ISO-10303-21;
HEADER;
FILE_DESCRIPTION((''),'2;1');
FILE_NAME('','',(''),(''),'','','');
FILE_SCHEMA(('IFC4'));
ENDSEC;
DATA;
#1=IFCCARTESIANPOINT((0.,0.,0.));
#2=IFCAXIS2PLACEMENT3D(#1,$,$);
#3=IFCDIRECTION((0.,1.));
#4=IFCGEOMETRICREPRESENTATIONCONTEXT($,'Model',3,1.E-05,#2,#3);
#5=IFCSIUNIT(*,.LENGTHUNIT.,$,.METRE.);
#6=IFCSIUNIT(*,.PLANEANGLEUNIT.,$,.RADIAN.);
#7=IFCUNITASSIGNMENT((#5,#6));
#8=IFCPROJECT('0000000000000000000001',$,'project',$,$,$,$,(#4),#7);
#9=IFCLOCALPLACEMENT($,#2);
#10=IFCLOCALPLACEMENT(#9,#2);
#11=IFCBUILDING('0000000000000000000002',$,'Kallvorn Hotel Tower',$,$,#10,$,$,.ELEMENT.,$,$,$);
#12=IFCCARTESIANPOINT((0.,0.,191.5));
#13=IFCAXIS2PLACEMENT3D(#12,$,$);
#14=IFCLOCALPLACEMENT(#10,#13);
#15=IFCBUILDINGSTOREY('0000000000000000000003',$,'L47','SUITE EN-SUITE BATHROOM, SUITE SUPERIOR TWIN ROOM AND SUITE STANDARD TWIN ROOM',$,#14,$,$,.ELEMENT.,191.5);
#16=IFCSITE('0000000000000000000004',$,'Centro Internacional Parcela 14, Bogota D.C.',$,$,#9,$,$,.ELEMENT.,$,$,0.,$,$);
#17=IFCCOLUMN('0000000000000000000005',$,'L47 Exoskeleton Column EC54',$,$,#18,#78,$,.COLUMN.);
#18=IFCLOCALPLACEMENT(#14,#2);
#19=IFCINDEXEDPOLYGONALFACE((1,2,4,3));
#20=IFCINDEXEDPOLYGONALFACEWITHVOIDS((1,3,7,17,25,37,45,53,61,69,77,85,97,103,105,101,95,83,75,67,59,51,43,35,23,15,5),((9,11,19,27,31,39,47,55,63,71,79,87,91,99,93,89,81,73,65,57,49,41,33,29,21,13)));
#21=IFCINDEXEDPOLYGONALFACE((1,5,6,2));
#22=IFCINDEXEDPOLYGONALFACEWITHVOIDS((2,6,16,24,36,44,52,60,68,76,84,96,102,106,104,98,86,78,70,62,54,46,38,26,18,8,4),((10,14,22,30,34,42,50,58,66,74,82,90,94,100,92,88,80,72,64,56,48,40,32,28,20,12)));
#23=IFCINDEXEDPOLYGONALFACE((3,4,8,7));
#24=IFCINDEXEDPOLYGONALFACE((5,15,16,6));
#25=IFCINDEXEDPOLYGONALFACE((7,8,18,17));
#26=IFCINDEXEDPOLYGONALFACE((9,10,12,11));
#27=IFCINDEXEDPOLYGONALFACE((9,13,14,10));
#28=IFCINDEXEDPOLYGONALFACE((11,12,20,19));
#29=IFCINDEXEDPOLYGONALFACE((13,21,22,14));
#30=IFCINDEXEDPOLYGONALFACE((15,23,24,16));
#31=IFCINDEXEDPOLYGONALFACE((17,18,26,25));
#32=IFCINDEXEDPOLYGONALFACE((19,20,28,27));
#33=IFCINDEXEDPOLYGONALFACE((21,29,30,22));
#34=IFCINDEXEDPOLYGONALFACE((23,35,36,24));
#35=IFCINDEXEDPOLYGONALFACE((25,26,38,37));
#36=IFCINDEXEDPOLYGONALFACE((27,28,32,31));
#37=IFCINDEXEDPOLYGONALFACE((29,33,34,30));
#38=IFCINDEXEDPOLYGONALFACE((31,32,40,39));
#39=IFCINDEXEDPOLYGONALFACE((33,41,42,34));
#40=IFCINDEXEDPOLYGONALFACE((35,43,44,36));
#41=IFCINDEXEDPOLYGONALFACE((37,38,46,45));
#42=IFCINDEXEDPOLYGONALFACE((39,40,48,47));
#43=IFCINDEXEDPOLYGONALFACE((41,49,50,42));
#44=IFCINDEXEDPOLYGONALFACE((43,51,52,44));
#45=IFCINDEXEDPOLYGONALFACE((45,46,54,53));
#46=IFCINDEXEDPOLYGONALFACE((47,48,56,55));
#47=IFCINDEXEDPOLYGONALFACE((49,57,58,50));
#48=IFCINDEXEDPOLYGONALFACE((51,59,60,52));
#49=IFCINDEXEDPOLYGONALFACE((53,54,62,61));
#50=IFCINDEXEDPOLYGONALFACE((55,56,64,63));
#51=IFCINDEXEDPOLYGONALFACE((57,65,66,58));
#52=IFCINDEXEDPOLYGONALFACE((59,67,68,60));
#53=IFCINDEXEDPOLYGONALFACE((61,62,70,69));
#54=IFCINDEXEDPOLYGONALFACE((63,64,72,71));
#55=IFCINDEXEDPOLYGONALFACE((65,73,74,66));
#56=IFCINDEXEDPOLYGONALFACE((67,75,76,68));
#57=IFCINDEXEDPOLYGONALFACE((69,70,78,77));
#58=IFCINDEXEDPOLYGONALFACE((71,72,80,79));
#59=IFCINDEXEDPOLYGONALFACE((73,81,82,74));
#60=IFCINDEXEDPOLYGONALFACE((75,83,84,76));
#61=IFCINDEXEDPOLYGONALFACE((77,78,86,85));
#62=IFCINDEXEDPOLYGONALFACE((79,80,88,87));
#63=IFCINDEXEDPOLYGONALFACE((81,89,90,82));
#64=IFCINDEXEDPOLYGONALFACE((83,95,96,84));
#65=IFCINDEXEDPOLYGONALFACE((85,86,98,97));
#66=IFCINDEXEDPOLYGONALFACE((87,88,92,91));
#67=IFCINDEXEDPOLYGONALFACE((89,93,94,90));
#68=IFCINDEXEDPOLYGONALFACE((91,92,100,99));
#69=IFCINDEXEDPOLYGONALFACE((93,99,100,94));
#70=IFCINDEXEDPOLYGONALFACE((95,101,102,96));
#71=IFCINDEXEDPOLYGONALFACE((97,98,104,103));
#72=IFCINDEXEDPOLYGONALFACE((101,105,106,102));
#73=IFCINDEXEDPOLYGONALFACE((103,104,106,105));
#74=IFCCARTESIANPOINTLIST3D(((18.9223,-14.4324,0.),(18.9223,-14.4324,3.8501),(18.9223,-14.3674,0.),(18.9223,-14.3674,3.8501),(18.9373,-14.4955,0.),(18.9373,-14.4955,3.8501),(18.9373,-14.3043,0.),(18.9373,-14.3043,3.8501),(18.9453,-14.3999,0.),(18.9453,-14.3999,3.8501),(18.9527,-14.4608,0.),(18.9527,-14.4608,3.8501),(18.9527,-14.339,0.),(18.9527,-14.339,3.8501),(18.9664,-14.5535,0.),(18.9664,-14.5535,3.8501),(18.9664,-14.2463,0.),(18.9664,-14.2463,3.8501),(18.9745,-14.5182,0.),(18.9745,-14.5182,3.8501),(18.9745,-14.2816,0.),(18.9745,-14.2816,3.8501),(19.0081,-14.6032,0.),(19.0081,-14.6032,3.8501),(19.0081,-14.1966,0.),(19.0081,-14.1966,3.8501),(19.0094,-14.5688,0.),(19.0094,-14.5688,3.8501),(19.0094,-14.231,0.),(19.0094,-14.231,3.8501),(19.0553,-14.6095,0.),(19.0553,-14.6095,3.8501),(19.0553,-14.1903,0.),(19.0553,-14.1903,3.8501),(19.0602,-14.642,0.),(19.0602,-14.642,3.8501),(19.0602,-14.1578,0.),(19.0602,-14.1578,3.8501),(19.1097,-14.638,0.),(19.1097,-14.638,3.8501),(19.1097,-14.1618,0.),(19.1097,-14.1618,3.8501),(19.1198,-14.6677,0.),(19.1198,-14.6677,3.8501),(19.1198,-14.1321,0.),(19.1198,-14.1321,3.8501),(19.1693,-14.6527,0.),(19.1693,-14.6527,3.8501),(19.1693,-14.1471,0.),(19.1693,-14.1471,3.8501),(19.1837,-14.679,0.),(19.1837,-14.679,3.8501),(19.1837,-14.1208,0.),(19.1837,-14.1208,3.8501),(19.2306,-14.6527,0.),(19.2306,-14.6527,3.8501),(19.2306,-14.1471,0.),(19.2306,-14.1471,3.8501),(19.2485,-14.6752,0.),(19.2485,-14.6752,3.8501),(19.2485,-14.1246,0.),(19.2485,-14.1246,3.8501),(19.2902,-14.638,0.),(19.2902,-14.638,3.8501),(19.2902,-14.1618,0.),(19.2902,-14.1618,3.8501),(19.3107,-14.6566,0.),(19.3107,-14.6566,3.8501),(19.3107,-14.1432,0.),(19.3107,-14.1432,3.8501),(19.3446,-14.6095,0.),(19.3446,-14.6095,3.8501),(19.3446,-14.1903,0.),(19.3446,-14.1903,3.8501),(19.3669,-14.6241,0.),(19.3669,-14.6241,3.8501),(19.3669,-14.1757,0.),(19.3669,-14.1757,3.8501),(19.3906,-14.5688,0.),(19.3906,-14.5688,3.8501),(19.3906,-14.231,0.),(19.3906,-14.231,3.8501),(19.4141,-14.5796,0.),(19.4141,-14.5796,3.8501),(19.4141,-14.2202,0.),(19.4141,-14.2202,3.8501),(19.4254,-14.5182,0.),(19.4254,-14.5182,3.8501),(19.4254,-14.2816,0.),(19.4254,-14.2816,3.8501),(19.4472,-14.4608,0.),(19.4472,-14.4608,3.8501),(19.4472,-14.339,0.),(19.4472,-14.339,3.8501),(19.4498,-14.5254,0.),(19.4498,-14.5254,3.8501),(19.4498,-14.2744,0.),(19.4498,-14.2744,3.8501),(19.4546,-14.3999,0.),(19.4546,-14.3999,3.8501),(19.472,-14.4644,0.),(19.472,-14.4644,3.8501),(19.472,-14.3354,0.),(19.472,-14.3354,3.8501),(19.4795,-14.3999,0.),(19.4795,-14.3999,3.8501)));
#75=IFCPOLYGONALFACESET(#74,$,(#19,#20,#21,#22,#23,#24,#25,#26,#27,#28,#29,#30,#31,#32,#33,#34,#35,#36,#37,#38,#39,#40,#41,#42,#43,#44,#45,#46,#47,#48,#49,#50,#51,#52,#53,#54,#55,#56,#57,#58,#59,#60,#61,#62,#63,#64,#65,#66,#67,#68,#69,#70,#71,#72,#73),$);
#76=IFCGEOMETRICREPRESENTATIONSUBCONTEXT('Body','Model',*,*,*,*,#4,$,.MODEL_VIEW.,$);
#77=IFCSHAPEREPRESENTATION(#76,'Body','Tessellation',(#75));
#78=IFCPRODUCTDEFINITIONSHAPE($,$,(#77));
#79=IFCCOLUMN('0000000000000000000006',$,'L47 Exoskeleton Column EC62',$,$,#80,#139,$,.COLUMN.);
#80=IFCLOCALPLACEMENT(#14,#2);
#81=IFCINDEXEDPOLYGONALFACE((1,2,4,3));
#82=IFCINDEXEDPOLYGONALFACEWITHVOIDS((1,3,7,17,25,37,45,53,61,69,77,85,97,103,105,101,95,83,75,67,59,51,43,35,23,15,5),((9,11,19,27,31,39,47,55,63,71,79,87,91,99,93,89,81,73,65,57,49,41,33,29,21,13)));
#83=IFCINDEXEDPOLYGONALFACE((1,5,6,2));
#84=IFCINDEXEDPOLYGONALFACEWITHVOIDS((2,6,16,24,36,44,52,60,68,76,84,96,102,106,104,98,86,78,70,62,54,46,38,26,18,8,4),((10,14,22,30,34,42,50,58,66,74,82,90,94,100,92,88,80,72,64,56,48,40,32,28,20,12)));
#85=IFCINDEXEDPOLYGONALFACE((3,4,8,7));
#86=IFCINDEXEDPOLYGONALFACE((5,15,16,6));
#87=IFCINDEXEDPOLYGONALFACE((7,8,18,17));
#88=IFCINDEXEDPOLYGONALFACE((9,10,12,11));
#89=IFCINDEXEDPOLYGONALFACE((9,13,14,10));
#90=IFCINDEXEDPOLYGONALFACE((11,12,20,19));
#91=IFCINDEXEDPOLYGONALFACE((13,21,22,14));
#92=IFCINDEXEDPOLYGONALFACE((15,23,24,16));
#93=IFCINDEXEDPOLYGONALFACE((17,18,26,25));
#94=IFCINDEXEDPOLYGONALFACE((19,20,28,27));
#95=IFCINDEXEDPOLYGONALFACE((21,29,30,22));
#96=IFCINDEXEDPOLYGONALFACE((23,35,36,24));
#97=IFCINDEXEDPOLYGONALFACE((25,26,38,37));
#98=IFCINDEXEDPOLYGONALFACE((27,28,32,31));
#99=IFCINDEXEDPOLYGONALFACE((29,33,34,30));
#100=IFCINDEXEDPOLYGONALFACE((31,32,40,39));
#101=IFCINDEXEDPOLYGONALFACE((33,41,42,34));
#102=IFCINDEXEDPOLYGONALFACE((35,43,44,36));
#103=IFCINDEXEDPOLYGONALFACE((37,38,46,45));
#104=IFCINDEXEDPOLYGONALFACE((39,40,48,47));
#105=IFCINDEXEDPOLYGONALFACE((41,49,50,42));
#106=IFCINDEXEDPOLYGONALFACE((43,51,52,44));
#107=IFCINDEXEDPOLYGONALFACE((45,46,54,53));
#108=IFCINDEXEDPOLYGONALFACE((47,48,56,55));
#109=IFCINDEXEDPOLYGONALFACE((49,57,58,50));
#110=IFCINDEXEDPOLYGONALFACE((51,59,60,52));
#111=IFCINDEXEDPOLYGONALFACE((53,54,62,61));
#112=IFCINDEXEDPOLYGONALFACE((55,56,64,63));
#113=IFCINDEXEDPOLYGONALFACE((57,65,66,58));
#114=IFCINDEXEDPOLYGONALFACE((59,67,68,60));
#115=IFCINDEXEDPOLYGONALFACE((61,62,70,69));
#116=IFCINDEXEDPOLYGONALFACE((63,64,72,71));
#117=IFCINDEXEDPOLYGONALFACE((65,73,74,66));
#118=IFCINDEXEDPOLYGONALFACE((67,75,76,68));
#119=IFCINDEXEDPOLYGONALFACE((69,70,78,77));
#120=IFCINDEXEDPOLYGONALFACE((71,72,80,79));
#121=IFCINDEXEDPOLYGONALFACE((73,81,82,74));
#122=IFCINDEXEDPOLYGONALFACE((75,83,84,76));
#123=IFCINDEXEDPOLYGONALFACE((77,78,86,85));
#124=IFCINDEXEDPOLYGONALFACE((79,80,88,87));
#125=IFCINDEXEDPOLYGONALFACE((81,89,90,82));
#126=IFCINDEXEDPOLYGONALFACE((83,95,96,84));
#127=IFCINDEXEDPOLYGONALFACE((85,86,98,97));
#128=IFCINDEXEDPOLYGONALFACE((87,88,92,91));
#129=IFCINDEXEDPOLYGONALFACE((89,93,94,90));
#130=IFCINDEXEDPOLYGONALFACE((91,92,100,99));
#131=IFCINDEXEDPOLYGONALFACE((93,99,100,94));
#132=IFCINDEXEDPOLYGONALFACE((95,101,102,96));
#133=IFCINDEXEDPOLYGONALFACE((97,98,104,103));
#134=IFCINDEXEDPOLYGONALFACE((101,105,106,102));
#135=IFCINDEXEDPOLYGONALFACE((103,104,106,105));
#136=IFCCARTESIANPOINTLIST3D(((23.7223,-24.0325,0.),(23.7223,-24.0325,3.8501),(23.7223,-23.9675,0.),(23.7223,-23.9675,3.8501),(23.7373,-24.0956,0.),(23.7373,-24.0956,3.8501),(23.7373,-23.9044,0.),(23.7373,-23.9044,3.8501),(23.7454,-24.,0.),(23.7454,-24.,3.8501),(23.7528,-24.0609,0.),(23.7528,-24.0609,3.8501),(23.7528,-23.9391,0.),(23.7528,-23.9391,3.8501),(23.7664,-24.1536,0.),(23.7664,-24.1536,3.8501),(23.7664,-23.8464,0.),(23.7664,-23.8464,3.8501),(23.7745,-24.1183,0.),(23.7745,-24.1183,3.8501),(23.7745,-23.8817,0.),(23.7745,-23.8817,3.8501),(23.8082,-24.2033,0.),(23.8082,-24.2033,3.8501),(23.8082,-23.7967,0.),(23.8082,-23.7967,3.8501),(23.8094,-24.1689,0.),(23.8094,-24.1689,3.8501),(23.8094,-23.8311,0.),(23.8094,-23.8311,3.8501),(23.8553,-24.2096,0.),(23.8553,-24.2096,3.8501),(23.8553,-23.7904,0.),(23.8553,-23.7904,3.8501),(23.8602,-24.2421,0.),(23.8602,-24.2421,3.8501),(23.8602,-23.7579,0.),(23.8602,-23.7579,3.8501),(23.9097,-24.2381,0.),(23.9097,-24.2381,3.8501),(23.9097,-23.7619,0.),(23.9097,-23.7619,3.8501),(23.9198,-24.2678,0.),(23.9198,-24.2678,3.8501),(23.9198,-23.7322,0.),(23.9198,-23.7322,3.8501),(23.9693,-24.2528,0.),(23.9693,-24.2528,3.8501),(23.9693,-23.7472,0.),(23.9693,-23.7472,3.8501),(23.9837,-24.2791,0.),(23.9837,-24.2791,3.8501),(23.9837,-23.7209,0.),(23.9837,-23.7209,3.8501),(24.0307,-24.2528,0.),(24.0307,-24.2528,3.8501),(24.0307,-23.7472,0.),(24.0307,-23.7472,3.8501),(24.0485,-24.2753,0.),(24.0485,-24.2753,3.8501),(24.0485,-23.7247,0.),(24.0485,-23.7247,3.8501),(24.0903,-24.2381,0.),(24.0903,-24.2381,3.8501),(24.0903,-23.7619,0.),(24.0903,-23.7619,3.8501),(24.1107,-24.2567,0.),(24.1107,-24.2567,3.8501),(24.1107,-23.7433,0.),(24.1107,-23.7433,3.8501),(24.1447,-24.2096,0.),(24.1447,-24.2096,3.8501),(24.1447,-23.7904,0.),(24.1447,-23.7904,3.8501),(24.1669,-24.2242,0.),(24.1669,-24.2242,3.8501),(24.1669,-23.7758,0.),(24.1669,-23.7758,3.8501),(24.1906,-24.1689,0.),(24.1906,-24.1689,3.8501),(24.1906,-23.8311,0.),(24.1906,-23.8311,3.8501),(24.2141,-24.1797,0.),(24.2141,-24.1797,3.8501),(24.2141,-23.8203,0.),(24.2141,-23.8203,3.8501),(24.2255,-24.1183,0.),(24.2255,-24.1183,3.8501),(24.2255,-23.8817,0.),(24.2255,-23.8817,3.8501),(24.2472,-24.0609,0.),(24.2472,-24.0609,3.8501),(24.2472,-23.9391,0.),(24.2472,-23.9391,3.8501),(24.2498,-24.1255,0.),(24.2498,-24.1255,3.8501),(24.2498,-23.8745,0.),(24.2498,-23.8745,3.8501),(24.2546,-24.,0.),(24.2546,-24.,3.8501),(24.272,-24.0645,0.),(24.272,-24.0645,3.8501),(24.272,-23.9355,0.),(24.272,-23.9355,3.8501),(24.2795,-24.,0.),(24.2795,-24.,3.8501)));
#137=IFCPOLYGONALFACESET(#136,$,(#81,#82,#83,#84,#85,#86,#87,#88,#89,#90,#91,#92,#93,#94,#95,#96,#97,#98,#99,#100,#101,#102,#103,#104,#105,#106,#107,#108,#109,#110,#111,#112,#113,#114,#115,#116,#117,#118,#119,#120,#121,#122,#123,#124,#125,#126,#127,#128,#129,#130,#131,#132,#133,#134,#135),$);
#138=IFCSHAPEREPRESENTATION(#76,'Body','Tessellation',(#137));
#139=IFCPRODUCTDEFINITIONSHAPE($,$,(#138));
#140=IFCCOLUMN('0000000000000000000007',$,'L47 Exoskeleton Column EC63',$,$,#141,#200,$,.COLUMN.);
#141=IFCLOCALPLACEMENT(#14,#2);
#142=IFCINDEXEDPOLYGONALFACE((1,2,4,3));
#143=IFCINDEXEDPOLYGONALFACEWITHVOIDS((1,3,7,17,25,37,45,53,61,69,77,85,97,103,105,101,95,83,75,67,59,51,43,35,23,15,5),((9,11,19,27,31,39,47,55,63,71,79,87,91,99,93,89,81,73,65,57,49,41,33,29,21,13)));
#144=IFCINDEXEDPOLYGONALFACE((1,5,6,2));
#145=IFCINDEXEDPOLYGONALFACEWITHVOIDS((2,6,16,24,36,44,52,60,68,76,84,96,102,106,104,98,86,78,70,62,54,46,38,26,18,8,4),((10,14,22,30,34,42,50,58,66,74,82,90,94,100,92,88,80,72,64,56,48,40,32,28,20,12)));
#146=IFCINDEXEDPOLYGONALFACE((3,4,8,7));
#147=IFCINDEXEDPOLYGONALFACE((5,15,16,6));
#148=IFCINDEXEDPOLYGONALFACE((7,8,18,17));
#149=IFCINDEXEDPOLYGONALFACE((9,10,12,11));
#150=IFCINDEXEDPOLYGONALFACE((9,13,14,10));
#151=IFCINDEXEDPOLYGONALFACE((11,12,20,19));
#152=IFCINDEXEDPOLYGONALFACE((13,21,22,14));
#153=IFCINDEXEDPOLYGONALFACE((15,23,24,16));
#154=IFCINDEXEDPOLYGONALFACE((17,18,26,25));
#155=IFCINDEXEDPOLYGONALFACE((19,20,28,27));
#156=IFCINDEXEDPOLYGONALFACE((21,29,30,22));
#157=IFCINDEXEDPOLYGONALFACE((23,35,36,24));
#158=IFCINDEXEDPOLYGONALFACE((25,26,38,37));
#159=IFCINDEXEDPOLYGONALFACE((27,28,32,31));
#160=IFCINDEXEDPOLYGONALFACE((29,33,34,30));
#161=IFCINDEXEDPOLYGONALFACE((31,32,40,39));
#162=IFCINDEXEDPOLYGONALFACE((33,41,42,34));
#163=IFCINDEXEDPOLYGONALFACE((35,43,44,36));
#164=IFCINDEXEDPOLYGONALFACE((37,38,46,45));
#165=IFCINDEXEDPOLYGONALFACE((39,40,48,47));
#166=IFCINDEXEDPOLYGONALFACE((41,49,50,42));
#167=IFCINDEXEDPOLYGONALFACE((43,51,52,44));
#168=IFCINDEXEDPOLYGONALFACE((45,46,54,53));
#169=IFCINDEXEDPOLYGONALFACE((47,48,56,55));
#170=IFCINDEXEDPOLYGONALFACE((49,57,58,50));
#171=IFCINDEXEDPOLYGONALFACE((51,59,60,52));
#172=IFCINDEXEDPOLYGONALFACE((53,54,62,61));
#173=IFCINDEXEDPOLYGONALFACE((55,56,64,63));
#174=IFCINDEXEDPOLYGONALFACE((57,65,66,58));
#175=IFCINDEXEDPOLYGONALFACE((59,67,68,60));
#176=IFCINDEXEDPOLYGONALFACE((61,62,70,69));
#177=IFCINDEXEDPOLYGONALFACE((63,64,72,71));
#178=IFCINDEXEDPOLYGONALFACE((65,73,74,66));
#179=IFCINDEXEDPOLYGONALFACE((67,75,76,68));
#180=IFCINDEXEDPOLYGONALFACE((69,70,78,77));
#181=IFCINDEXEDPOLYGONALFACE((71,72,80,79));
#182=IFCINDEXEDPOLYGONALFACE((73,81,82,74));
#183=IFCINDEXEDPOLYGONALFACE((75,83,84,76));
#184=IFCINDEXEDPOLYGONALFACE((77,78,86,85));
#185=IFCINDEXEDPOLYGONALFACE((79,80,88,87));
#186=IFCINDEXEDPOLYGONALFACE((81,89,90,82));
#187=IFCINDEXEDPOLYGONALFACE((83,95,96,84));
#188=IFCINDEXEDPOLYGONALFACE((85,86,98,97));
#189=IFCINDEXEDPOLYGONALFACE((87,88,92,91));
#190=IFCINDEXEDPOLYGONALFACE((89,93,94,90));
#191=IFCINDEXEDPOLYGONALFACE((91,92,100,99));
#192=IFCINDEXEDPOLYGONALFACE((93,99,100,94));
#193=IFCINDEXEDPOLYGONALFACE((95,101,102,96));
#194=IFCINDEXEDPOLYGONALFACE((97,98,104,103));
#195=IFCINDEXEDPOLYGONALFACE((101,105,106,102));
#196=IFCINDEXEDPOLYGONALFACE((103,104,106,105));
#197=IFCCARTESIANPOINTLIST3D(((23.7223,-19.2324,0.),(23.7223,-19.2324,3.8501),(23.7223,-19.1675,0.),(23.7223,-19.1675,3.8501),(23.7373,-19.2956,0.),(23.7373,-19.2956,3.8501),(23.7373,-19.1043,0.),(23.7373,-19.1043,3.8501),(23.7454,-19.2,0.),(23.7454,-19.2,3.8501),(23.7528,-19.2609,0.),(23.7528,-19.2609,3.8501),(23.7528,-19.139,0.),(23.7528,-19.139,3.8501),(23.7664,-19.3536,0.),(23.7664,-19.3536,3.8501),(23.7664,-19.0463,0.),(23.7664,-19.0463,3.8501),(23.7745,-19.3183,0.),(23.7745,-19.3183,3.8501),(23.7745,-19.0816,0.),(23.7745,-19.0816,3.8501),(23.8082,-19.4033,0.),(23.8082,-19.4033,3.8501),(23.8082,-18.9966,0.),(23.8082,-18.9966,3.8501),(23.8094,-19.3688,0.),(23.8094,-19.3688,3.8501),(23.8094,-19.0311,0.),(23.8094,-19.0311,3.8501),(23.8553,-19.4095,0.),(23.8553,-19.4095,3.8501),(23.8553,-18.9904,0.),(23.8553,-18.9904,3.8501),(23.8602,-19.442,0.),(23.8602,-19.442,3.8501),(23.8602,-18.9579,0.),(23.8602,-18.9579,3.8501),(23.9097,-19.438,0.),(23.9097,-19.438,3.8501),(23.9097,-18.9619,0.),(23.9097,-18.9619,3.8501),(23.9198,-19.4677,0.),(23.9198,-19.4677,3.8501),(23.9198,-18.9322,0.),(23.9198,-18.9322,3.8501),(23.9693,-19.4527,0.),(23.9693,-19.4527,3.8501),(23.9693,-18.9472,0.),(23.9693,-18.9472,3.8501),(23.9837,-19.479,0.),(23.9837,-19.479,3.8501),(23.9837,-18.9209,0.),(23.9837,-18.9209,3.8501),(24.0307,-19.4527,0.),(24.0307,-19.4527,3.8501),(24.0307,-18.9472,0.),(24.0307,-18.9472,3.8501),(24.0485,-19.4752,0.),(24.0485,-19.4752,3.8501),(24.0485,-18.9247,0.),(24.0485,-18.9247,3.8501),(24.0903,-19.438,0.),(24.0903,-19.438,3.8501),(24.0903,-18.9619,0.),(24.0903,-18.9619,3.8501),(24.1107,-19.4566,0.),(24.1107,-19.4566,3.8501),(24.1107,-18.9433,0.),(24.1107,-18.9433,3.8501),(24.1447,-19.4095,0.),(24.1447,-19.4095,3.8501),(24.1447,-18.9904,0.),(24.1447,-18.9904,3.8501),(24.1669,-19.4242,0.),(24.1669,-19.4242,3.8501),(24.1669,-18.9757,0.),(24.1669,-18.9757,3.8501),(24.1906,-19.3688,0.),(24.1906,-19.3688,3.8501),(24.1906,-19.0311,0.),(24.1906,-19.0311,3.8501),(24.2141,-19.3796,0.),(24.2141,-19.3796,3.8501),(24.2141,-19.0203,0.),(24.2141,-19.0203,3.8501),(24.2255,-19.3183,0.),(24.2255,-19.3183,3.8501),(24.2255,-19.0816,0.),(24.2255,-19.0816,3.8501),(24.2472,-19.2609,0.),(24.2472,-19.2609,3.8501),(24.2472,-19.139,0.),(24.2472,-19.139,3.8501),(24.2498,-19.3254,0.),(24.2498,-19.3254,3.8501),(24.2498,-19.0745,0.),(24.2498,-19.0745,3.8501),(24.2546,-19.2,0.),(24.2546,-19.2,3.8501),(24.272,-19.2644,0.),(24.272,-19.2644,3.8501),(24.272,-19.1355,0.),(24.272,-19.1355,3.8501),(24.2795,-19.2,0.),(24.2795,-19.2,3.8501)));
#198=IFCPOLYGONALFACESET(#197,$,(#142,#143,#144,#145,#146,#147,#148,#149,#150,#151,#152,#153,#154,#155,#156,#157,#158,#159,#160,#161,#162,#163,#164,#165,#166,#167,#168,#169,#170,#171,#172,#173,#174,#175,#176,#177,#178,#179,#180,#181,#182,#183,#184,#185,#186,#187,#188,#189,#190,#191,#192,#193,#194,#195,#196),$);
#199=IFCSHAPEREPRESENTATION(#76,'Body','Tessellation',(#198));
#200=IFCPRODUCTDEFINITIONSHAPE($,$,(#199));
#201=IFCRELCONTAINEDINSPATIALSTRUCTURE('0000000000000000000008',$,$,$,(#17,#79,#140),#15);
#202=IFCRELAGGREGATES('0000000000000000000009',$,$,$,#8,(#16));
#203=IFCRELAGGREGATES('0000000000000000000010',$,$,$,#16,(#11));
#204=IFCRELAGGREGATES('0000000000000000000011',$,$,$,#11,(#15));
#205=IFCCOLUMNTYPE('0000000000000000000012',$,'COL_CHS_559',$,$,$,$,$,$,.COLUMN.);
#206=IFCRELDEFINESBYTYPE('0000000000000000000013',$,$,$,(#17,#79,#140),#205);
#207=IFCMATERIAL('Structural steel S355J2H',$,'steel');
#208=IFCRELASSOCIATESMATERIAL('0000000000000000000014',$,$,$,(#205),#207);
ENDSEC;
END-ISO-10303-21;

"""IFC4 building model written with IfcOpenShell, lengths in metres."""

from ifc_helpers import new_model, si_unit, direction, frame, origin, origin_2d, place, context, subcontext, project, spatial, hollow_circle, extrude, material, material_profile, profile_set, type_object, element, save


model = new_model("IFC4")

# Units and contexts
model_context = context("Model", 3, precision=1e-05, world=origin(), true_north=direction((0.0, 1.0)))
body_context = subcontext(model_context, "Body", "Model", "MODEL_VIEW")
ifc_project = project(units=[si_unit("LENGTHUNIT", "METRE"), si_unit("PLANEANGLEUNIT", "RADIAN")], contexts=[model_context])

# Site, building, storey
site_placement = place(None, origin())
site = spatial("IfcSite", under=ifc_project, at=site_placement, Name="Centro Internacional Parcela 14, Bogota D.C.", CompositionType="ELEMENT", RefElevation=0.0)
building_placement = place(site_placement, origin())
building = spatial("IfcBuilding", under=site, at=building_placement, Name="Kallvorn Hotel Tower", CompositionType="ELEMENT")
storey_placement = place(building_placement, frame((0.0, 0.0, 191.5)))
storey = spatial("IfcBuildingStorey", under=building, at=storey_placement, Name="L47", Description="SUITE EN-SUITE BATHROOM, SUITE SUPERIOR TWIN ROOM AND SUITE STANDARD TWIN ROOM", CompositionType="ELEMENT", Elevation=191.5)

# Columns
ifc_material_1 = material(Name="Structural steel S355J2H", Category="steel")
ifc_material_profile_1 = material_profile(ifc_material_1, hollow_circle(Radius=0.2795, WallThickness=0.0249, at=origin_2d()), Name="CHS 559x25")
ifc_profile_set_1 = profile_set([ifc_material_profile_1], Name="Structural steel S355J2H")
column_type = type_object("IfcColumnType", Name="COL_CHS_559", PredefinedType="COLUMN", material=ifc_profile_set_1)
for number, where, z_axis, x_axis, name in (
    (1, (19.2, -14.3999, 0.0), (0.0, 0.0, 1.0), (1.0, 0.0, 0.0), "L47 Exoskeleton Column EC54"),
    (2, (24.0, -24.0, 0.0), (0.0, 0.0, 1.0), (1.0, 0.0, 0.0), "L47 Exoskeleton Column EC62"),
    (3, (24.0, -19.2, 0.0), (0.0, 0.0, 1.0), (1.0, 0.0, 0.0), "L47 Exoskeleton Column EC63"),
):
    element("IfcColumn", number, at=place(storey_placement, frame(where, z_axis=z_axis, x_axis=x_axis)), inside=storey, type_object=column_type, Name=name, PredefinedType="COLUMN", context=body_context, shape_type="SweptSolid", body=[
        extrude(hollow_circle(Radius=0.2795, WallThickness=0.0249, at=origin_2d()), origin(), (0.0, 0.0, 1.0), 3.8501),
    ])

save(model, "model.ifc")
